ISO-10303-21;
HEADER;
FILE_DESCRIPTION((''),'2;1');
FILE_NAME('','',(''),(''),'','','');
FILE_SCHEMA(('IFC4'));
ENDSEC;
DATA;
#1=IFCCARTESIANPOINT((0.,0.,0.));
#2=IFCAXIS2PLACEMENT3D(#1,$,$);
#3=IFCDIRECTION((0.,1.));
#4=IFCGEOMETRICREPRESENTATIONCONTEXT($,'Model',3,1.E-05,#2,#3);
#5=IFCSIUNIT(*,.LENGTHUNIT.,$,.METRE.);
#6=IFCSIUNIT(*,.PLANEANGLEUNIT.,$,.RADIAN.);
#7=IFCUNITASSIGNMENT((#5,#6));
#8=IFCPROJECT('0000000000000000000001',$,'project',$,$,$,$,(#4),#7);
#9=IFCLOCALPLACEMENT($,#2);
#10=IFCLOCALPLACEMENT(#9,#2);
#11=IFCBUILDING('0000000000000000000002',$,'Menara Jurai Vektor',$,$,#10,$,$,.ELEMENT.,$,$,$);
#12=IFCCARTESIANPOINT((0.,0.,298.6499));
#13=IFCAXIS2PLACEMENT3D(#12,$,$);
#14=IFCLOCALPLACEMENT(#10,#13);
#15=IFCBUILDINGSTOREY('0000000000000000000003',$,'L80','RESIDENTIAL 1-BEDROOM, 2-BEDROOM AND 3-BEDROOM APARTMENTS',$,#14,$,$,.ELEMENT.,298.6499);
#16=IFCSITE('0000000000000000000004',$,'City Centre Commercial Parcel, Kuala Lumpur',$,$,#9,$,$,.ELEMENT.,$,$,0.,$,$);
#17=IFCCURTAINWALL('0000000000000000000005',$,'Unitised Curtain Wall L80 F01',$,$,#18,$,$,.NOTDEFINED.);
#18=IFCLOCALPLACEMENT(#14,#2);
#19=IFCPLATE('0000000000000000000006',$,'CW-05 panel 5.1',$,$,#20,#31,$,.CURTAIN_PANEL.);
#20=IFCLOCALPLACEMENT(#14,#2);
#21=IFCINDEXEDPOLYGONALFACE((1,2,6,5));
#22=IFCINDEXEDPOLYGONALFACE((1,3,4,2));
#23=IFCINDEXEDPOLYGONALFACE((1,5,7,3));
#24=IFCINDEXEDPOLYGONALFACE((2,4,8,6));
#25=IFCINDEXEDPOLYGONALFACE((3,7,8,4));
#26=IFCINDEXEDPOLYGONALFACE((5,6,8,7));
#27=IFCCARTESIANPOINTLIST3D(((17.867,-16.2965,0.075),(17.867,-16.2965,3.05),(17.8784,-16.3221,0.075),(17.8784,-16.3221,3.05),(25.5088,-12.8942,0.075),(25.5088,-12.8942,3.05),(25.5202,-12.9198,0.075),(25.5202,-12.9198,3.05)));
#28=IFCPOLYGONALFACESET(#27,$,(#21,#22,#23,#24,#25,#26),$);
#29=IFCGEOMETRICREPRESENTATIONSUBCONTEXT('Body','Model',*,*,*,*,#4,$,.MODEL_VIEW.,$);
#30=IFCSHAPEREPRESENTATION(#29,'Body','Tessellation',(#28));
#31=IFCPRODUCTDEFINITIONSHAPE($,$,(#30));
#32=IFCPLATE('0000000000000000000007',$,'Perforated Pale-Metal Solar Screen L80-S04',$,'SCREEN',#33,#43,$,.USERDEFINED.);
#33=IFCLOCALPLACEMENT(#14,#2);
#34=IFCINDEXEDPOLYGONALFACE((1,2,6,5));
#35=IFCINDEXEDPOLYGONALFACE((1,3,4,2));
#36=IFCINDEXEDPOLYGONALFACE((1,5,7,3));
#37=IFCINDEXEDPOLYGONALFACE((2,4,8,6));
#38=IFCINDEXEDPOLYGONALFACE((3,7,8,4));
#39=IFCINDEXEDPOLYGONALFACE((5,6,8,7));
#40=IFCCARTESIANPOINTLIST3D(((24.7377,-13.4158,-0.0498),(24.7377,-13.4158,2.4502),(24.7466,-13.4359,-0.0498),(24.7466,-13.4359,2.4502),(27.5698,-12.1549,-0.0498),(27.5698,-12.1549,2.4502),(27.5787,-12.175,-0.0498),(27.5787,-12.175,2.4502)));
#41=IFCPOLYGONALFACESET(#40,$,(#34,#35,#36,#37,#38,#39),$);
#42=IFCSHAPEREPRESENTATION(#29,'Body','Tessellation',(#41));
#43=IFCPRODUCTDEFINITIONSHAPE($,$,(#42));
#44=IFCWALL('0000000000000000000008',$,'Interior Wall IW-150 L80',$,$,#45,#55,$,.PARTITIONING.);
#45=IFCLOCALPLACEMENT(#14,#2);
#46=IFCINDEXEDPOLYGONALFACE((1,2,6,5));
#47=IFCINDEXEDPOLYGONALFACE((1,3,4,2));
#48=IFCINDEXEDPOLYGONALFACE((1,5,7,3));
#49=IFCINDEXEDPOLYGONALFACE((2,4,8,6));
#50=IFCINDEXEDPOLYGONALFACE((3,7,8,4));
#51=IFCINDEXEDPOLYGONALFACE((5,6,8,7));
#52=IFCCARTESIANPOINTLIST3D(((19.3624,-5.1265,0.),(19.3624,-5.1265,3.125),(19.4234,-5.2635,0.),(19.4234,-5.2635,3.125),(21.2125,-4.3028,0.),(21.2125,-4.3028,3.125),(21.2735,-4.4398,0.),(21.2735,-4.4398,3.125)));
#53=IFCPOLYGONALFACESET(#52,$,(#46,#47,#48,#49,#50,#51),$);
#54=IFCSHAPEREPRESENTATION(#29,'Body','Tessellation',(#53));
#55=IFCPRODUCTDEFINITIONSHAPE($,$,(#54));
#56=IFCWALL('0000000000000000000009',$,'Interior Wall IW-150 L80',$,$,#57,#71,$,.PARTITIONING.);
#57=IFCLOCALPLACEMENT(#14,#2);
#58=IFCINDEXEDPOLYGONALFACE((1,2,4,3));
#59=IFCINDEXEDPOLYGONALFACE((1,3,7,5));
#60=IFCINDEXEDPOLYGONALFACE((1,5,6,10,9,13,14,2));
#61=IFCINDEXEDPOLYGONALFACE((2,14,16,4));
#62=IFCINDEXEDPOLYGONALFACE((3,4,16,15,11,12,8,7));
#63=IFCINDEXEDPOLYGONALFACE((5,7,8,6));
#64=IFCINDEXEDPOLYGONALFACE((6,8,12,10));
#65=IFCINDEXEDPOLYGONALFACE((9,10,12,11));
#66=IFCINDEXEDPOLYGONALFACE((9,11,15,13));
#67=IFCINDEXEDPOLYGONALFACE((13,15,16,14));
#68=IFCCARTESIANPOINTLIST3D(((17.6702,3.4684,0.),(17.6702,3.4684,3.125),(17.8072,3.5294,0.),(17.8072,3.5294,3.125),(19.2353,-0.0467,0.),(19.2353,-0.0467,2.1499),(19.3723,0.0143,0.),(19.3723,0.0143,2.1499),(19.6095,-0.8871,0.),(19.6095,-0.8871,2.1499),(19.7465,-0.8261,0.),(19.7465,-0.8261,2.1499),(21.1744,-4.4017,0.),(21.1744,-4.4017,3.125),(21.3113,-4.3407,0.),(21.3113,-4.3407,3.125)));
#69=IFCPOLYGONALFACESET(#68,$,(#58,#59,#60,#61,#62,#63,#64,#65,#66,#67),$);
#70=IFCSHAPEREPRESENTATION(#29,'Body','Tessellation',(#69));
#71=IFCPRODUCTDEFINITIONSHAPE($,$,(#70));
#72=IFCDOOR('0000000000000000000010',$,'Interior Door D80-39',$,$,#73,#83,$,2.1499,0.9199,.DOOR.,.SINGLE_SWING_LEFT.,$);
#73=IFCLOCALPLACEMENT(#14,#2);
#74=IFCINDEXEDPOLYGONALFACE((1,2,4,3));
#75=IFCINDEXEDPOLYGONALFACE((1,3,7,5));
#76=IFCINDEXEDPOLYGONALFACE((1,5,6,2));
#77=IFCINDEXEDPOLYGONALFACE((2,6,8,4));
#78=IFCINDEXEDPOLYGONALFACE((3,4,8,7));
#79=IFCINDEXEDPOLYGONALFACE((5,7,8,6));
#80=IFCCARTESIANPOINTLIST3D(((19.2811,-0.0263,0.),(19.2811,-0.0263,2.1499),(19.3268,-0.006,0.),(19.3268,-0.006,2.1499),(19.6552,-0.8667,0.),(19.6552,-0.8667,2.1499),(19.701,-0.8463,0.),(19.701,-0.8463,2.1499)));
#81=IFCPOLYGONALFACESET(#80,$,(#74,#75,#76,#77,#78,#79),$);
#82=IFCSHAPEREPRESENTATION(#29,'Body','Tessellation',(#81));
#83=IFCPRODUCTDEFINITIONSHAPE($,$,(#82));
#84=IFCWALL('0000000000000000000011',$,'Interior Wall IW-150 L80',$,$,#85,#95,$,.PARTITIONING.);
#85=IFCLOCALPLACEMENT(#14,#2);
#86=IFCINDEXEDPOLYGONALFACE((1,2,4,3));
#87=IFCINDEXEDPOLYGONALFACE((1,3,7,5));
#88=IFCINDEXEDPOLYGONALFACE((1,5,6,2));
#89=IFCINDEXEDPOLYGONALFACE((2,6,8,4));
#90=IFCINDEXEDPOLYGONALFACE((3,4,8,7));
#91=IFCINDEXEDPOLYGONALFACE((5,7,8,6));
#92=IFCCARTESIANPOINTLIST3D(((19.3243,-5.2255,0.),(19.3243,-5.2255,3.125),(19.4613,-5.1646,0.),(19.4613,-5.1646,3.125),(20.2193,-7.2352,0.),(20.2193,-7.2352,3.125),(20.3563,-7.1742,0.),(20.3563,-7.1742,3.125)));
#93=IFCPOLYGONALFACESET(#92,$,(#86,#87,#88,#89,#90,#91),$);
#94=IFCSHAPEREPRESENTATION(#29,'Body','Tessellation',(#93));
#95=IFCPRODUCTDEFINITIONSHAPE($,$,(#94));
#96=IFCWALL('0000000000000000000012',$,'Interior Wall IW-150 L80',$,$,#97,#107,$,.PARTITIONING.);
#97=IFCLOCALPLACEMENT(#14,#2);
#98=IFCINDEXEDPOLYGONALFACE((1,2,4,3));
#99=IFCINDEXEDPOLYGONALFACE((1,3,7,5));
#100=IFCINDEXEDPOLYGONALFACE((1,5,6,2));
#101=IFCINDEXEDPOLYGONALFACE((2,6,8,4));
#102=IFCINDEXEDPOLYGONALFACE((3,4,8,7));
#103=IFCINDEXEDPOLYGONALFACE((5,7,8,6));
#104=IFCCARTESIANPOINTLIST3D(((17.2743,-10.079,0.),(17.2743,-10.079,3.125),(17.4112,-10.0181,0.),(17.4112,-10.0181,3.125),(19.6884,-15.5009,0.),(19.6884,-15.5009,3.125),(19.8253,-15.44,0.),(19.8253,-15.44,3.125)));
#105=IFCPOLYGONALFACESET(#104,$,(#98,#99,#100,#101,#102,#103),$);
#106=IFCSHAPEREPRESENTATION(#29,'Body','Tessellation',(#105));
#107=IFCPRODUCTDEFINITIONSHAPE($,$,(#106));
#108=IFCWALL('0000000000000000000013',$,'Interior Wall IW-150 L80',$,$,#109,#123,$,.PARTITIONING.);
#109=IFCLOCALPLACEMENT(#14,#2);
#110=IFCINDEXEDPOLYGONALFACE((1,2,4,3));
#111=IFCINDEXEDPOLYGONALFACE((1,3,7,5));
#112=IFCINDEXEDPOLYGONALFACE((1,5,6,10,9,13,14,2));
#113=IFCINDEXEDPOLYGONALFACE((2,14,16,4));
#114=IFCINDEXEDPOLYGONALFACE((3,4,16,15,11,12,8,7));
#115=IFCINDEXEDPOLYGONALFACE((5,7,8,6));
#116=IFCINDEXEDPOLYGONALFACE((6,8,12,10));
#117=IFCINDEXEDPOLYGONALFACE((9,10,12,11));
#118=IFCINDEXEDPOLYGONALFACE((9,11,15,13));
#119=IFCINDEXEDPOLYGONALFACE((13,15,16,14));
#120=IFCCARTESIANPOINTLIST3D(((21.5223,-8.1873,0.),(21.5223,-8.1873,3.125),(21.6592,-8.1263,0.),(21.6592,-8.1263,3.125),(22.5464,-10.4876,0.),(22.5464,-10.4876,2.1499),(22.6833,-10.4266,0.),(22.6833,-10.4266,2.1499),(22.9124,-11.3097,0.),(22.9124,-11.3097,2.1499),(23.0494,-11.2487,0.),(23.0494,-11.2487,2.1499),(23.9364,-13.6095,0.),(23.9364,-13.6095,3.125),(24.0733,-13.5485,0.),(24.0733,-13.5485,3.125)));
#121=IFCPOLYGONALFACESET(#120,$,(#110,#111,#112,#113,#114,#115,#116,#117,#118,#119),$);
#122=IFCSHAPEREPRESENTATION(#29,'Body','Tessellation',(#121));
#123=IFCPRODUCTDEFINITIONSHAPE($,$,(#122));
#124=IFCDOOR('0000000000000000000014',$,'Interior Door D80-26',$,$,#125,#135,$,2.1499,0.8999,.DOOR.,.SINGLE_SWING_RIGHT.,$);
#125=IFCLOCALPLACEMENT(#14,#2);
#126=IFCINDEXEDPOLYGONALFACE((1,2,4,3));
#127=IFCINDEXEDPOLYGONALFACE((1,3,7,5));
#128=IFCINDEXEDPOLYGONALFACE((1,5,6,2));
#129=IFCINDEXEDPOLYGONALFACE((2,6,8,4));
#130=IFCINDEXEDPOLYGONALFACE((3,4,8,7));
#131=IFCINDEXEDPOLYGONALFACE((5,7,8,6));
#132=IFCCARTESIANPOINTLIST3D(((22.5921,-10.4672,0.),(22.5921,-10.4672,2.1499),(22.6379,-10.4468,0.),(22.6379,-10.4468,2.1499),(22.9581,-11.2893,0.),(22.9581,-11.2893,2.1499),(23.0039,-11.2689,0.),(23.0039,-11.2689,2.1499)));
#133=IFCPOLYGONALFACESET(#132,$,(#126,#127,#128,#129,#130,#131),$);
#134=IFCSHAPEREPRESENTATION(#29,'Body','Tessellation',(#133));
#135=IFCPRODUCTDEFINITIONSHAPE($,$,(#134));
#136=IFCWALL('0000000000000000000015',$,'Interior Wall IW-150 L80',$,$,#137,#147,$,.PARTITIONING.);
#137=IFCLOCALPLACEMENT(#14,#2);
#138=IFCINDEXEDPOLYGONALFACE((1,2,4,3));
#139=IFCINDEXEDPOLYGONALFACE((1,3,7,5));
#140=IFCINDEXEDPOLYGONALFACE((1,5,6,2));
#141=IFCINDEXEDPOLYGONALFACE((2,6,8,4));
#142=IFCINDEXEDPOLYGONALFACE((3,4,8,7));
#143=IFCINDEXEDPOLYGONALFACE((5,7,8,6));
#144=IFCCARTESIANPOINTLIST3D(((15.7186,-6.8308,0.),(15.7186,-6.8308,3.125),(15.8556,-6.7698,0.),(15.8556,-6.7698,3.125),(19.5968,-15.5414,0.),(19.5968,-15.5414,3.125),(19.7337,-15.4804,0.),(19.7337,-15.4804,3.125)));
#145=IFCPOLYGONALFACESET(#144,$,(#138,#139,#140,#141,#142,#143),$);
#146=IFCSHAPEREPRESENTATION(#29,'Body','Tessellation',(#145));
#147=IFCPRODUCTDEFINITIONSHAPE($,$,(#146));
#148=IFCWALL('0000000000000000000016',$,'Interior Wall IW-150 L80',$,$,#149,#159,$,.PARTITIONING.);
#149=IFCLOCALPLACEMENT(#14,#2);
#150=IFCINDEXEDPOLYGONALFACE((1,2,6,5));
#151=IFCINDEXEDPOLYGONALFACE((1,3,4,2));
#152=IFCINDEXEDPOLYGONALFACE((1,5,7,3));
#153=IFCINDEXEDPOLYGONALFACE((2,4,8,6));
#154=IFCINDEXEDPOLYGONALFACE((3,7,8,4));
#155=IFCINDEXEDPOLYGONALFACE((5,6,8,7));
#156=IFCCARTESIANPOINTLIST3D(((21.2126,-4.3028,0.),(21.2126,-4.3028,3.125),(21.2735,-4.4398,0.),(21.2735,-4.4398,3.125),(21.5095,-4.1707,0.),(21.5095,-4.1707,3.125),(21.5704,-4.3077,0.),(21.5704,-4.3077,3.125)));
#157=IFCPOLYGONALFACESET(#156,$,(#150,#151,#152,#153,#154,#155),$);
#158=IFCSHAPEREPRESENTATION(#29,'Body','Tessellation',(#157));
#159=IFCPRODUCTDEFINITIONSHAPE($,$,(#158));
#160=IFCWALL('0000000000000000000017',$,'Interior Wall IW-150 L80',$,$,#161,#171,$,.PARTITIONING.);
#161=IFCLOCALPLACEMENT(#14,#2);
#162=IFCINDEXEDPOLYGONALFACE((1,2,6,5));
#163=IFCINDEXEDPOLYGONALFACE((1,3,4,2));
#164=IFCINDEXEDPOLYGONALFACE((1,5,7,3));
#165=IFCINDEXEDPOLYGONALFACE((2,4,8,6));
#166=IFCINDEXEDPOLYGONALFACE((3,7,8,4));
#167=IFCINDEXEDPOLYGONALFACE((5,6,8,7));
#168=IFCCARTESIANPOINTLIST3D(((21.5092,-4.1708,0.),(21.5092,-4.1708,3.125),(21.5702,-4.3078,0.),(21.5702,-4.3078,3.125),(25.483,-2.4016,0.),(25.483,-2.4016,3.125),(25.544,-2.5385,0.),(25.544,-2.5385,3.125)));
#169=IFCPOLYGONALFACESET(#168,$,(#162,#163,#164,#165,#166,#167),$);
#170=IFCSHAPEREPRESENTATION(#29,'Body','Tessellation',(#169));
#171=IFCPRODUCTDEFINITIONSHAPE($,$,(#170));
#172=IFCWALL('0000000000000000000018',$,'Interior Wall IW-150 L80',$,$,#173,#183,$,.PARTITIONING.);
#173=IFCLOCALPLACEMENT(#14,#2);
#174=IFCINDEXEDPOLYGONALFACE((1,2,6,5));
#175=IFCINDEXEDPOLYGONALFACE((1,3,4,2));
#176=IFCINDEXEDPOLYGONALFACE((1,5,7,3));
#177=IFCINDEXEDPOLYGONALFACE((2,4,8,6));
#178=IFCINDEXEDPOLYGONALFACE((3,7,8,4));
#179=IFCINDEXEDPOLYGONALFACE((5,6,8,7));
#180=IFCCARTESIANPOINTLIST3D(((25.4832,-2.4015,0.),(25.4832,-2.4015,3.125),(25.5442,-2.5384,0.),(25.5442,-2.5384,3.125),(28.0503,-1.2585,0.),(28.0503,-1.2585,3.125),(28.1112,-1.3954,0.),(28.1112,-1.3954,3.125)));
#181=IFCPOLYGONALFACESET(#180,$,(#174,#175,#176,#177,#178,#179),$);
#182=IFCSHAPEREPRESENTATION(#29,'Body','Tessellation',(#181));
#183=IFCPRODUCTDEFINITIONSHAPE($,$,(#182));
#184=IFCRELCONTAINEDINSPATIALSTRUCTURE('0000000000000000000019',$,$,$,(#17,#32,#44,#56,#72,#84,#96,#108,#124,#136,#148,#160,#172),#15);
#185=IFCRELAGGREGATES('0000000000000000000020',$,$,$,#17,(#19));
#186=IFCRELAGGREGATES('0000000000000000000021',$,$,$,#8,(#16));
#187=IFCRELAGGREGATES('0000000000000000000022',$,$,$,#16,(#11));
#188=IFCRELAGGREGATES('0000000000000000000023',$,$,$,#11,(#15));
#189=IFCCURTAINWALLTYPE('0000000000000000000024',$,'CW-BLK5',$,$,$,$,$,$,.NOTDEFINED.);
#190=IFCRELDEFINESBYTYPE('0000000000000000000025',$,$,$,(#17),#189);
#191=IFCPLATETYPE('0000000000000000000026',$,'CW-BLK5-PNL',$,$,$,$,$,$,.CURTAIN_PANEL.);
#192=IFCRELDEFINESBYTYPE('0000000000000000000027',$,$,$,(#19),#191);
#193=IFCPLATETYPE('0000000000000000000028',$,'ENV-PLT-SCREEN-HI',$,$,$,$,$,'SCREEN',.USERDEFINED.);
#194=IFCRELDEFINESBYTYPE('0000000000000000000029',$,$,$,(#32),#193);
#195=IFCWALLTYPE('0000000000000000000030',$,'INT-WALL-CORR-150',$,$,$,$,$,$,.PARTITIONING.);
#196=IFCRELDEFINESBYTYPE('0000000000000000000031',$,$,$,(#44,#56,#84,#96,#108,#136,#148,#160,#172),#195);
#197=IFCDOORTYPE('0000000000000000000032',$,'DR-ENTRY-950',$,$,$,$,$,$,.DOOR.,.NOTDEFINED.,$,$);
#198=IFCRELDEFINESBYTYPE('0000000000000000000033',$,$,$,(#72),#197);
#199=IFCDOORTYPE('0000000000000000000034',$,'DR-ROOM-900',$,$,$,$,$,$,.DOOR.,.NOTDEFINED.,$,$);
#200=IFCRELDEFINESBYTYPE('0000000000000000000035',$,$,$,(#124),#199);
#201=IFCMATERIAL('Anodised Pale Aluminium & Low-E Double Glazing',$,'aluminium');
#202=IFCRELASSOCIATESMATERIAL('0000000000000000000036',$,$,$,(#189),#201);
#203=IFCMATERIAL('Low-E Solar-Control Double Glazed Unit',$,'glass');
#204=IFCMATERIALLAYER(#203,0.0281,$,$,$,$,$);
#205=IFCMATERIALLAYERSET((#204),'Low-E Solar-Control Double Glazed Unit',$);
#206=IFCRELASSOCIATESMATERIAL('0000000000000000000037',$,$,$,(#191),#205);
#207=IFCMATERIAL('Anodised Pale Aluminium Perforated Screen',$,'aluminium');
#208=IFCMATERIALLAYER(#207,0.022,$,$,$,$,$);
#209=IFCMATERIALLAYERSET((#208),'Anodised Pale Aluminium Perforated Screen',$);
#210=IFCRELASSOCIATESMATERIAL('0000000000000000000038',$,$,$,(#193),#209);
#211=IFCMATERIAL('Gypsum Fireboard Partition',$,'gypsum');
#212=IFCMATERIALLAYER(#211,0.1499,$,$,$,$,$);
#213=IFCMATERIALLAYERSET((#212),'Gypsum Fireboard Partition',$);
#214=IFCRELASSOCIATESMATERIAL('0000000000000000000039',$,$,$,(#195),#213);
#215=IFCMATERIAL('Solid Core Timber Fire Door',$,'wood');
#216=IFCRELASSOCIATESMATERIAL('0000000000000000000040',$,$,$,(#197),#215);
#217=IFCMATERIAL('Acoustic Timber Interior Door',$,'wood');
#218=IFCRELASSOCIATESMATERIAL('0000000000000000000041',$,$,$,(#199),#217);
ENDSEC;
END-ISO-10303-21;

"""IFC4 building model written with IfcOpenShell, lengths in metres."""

from ifc_helpers import new_model, si_unit, direction, frame, frame_2d, origin, origin_2d, place, context, subcontext, project, spatial, rectangle, extrude, material, layer, layer_set, type_object, element, fill, aggregate, save


model = new_model("IFC4")

# Units and contexts
model_context = context("Model", 3, precision=1e-05, world=origin(), true_north=direction((0.0, 1.0)))
body_context = subcontext(model_context, "Body", "Model", "MODEL_VIEW")
ifc_project = project(units=[si_unit("LENGTHUNIT", "METRE"), si_unit("PLANEANGLEUNIT", "RADIAN")], contexts=[model_context])

# Site, building, storey
site_placement = place(None, origin())
site = spatial("IfcSite", under=ifc_project, at=site_placement, Name="City Centre Commercial Parcel, Kuala Lumpur", CompositionType="ELEMENT", RefElevation=0.0)
building_placement = place(site_placement, origin())
building = spatial("IfcBuilding", under=site, at=building_placement, Name="Menara Jurai Vektor", CompositionType="ELEMENT")
storey_placement = place(building_placement, frame((0.0, 0.0, 298.6499)))
storey = spatial("IfcBuildingStorey", under=building, at=storey_placement, Name="L80", Description="RESIDENTIAL 1-BEDROOM, 2-BEDROOM AND 3-BEDROOM APARTMENTS", CompositionType="ELEMENT", Elevation=298.6499)

# Curtain wall
ifc_material_1 = material(Name="Anodised Pale Aluminium & Low-E Double Glazing", Category="aluminium")
curtain_wall_type = type_object("IfcCurtainWallType", Name="CW-BLK5", PredefinedType="NOTDEFINED", material=ifc_material_1)
curtain_wall_placement = place(storey_placement, origin())
curtain_wall = element("IfcCurtainWall", 1, at=curtain_wall_placement, inside=storey, type_object=curtain_wall_type, Name="Unitised Curtain Wall L80 F01", PredefinedType="NOTDEFINED")

# Plates
ifc_material_2 = material(Name="Low-E Solar-Control Double Glazed Unit", Category="glass")
ifc_layer_1 = layer(ifc_material_2, 0.0281)
ifc_layer_set_1 = layer_set([ifc_layer_1], Name="Low-E Solar-Control Double Glazed Unit")
plate_type_1 = type_object("IfcPlateType", Name="CW-BLK5-PNL", PredefinedType="CURTAIN_PANEL", material=ifc_layer_set_1)
plate_1_placement = place(storey_placement, frame((21.6936, -14.6082, 0.075), z_axis=(0.0, 0.0, 1.0), x_axis=(0.913546, 0.406735, 0.0)))
plate_1 = element("IfcPlate", 2, at=plate_1_placement, type_object=plate_type_1, Name="CW-05 panel 5.1", PredefinedType="CURTAIN_PANEL", context=body_context, shape_type="SweptSolid", body=[
    extrude(rectangle(XDim=8.365, YDim=0.0281, at=origin_2d()), origin(), (0.0, 0.0, 1.0), 2.9751),
])
aggregate(curtain_wall, [plate_1])
ifc_material_3 = material(Name="Anodised Pale Aluminium Perforated Screen", Category="aluminium")
ifc_layer_2 = layer(ifc_material_3, 0.022)
ifc_layer_set_2 = layer_set([ifc_layer_2], Name="Anodised Pale Aluminium Perforated Screen")
plate_type_2 = type_object("IfcPlateType", Name="ENV-PLT-SCREEN-HI", ElementType="SCREEN", PredefinedType="USERDEFINED", material=ifc_layer_set_2)
plate_2_placement = place(storey_placement, frame((26.1582, -12.7954, -0.0498), z_axis=(0.0, 0.0, 1.0), x_axis=(0.913545, 0.406737, 0.0)))
element("IfcPlate", 3, at=plate_2_placement, inside=storey, type_object=plate_type_2, Name="Perforated Pale-Metal Solar Screen L80-S04", ObjectType="SCREEN", PredefinedType="USERDEFINED", context=body_context, shape_type="SweptSolid", body=[
    extrude(rectangle(XDim=3.1001, YDim=0.022, at=origin_2d()), origin(), (0.0, 0.0, 1.0), 2.5),
])

# Wall
ifc_material_4 = material(Name="Gypsum Fireboard Partition", Category="gypsum")
ifc_layer_3 = layer(ifc_material_4, 0.1499)
ifc_layer_set_3 = layer_set([ifc_layer_3], Name="Gypsum Fireboard Partition")
wall_type_1 = type_object("IfcWallType", Name="INT-WALL-CORR-150", PredefinedType="PARTITIONING", material=ifc_layer_set_3)
wall_1_placement = place(storey_placement, frame((19.3928, -5.1951, 0.0), z_axis=(0.0, 0.0, 1.0), x_axis=(0.913543, 0.406742, 0.0)))
element("IfcWall", 4, at=wall_1_placement, inside=storey, type_object=wall_type_1, Name="Interior Wall IW-150 L80", PredefinedType="PARTITIONING", context=body_context, shape_type="SweptSolid", body=[
    extrude(rectangle(XDim=2.0251, YDim=0.1499, at=frame_2d((1.0127, 0.0))), origin(), (0.0, 0.0, 1.0), 3.125),
])

# Wall, opening, door
wall_2_placement = place(storey_placement, frame((21.2429, -4.3713, 0.0), z_axis=(0.0, 0.0, 1.0), x_axis=(-0.406751, 0.913539, 0.0)))
wall_2 = element("IfcWall", 5, at=wall_2_placement, inside=storey, type_object=wall_type_1, Name="Interior Wall IW-150 L80", PredefinedType="PARTITIONING", context=body_context, shape_type="SweptSolid", body=[
    extrude(rectangle(XDim=8.615, YDim=0.1499, at=frame_2d((4.3076, 0.0))), origin(), (0.0, 0.0, 1.0), 3.125),
])
opening_1_placement = place(wall_2_placement, frame((3.8474, 0.0, 0.0)))
opening_1 = element("IfcOpeningElement", 6, at=opening_1_placement, cuts=wall_2, PredefinedType="OPENING", context=body_context, shape_type="SweptSolid", body=[
    extrude(rectangle(XDim=0.9199, YDim=2.1499, at=frame_2d((0.46, 1.075))), frame((0.0, 0.085, 0.0), z_axis=(0.0, -1.0, 0.0), x_axis=(1.0, 0.0, 0.0)), (0.0, 0.0, 1.0), 0.1699),
])
ifc_material_5 = material(Name="Solid Core Timber Fire Door", Category="wood")
door_type_1 = type_object("IfcDoorType", Name="DR-ENTRY-950", OperationType="NOTDEFINED", PredefinedType="DOOR", material=ifc_material_5)
door_1_placement = place(opening_1_placement, origin())
door_1 = element("IfcDoor", 7, at=door_1_placement, inside=storey, type_object=door_type_1, Name="Interior Door D80-39", OperationType="SINGLE_SWING_LEFT", OverallHeight=2.1499, OverallWidth=0.9199, PredefinedType="DOOR", context=body_context, shape_type="SweptSolid", body=[
    extrude(rectangle(XDim=0.9199, YDim=2.1499, at=frame_2d((0.46, 1.075))), frame((0.0, 0.0249, 0.0), z_axis=(0.0, -1.0, 0.0), x_axis=(1.0, 0.0, 0.0)), (0.0, 0.0, 1.0), 0.05),
])
fill(opening_1, door_1)

# Wall
wall_3_placement = place(storey_placement, frame((20.2878, -7.2048, 0.0), z_axis=(0.0, 0.0, 1.0), x_axis=(-0.406818, 0.913509, 0.0)))
element("IfcWall", 8, at=wall_3_placement, inside=storey, type_object=wall_type_1, Name="Interior Wall IW-150 L80", PredefinedType="PARTITIONING", context=body_context, shape_type="SweptSolid", body=[
    extrude(rectangle(XDim=2.2, YDim=0.1499, at=frame_2d((1.1001, 0.0))), origin(), (0.0, 0.0, 1.0), 3.125),
])

# Shared definitions
ifc_material_6 = material(Name="Acoustic Timber Interior Door", Category="wood")
door_type_2 = type_object("IfcDoorType", Name="DR-ROOM-900", OperationType="NOTDEFINED", PredefinedType="DOOR", material=ifc_material_6)

# Wall
wall_4_placement = place(storey_placement, frame((19.7568, -15.4705, 0.0), z_axis=(0.0, 0.0, 1.0), x_axis=(-0.406749, 0.91354, 0.0)))
element("IfcWall", 9, at=wall_4_placement, inside=storey, type_object=wall_type_1, Name="Interior Wall IW-150 L80", PredefinedType="PARTITIONING", context=body_context, shape_type="SweptSolid", body=[
    extrude(rectangle(XDim=5.9351, YDim=0.1499, at=frame_2d((2.9675, 0.0))), origin(), (0.0, 0.0, 1.0), 3.125),
])

# Wall, opening, door
wall_5_placement = place(storey_placement, frame((24.0049, -13.5791, 0.0), z_axis=(0.0, 0.0, 1.0), x_axis=(-0.406734, 0.913547, 0.0)))
wall_5 = element("IfcWall", 10, at=wall_5_placement, inside=storey, type_object=wall_type_1, Name="Interior Wall IW-150 L80", PredefinedType="PARTITIONING", context=body_context, shape_type="SweptSolid", body=[
    extrude(rectangle(XDim=5.9353, YDim=0.1499, at=frame_2d((2.9678, 0.0))), origin(), (0.0, 0.0, 1.0), 3.125),
])
opening_2_placement = place(wall_5_placement, frame((2.5176, 0.0, 0.0)))
opening_2 = element("IfcOpeningElement", 11, at=opening_2_placement, cuts=wall_5, PredefinedType="OPENING", context=body_context, shape_type="SweptSolid", body=[
    extrude(rectangle(XDim=0.8999, YDim=2.1499, at=frame_2d((0.45, 1.075))), frame((0.0, 0.085, 0.0), z_axis=(0.0, -1.0, 0.0), x_axis=(1.0, 0.0, 0.0)), (0.0, 0.0, 1.0), 0.1699),
])
door_2_placement = place(opening_2_placement, origin())
door_2 = element("IfcDoor", 12, at=door_2_placement, inside=storey, type_object=door_type_2, Name="Interior Door D80-26", OperationType="SINGLE_SWING_RIGHT", OverallHeight=2.1499, OverallWidth=0.8999, PredefinedType="DOOR", context=body_context, shape_type="SweptSolid", body=[
    extrude(rectangle(XDim=0.8999, YDim=2.1499, at=frame_2d((0.45, 1.075))), frame((0.0, 0.0249, 0.0), z_axis=(0.0, -1.0, 0.0), x_axis=(1.0, 0.0, 0.0)), (0.0, 0.0, 1.0), 0.05),
])
fill(opening_2, door_2)

# Walls
wall_6_placement = place(storey_placement, frame((19.6653, -15.511, 0.0), z_axis=(0.0, 0.0, 1.0), x_axis=(-0.40673, 0.913548, 0.0)))
element("IfcWall", 13, at=wall_6_placement, inside=storey, type_object=wall_type_1, Name="Interior Wall IW-150 L80", PredefinedType="PARTITIONING", context=body_context, shape_type="SweptSolid", body=[
    extrude(rectangle(XDim=9.5349, YDim=0.1499, at=frame_2d((4.7676, 0.0))), origin(), (0.0, 0.0, 1.0), 3.125),
])
wall_7_placement = place(storey_placement, frame((21.2429, -4.3713, 0.0), z_axis=(0.0, 0.0, 1.0), x_axis=(0.913657, 0.406487, 0.0)))
element("IfcWall", 14, at=wall_7_placement, inside=storey, type_object=wall_type_1, Name="Interior Wall IW-150 L80", PredefinedType="PARTITIONING", context=body_context, shape_type="SweptSolid", body=[
    extrude(rectangle(XDim=0.325, YDim=0.1499, at=frame_2d((0.1626, 0.0))), origin(), (0.0, 0.0, 1.0), 3.125),
])
wall_8_placement = place(storey_placement, frame((21.5398, -4.2393, 0.0), z_axis=(0.0, 0.0, 1.0), x_axis=(0.913545, 0.406737, 0.0)))
element("IfcWall", 15, at=wall_8_placement, inside=storey, type_object=wall_type_1, Name="Interior Wall IW-150 L80", PredefinedType="PARTITIONING", context=body_context, shape_type="SweptSolid", body=[
    extrude(rectangle(XDim=4.3499, YDim=0.1499, at=frame_2d((2.1748, 0.0))), origin(), (0.0, 0.0, 1.0), 3.125),
])
wall_9_placement = place(storey_placement, frame((25.5137, -2.47, 0.0), z_axis=(0.0, 0.0, 1.0), x_axis=(0.913532, 0.406767, 0.0)))
element("IfcWall", 16, at=wall_9_placement, inside=storey, type_object=wall_type_1, Name="Interior Wall IW-150 L80", PredefinedType="PARTITIONING", context=body_context, shape_type="SweptSolid", body=[
    extrude(rectangle(XDim=2.8101, YDim=0.1499, at=frame_2d((1.405, 0.0))), origin(), (0.0, 0.0, 1.0), 3.125),
])

save(model, "model.ifc")
